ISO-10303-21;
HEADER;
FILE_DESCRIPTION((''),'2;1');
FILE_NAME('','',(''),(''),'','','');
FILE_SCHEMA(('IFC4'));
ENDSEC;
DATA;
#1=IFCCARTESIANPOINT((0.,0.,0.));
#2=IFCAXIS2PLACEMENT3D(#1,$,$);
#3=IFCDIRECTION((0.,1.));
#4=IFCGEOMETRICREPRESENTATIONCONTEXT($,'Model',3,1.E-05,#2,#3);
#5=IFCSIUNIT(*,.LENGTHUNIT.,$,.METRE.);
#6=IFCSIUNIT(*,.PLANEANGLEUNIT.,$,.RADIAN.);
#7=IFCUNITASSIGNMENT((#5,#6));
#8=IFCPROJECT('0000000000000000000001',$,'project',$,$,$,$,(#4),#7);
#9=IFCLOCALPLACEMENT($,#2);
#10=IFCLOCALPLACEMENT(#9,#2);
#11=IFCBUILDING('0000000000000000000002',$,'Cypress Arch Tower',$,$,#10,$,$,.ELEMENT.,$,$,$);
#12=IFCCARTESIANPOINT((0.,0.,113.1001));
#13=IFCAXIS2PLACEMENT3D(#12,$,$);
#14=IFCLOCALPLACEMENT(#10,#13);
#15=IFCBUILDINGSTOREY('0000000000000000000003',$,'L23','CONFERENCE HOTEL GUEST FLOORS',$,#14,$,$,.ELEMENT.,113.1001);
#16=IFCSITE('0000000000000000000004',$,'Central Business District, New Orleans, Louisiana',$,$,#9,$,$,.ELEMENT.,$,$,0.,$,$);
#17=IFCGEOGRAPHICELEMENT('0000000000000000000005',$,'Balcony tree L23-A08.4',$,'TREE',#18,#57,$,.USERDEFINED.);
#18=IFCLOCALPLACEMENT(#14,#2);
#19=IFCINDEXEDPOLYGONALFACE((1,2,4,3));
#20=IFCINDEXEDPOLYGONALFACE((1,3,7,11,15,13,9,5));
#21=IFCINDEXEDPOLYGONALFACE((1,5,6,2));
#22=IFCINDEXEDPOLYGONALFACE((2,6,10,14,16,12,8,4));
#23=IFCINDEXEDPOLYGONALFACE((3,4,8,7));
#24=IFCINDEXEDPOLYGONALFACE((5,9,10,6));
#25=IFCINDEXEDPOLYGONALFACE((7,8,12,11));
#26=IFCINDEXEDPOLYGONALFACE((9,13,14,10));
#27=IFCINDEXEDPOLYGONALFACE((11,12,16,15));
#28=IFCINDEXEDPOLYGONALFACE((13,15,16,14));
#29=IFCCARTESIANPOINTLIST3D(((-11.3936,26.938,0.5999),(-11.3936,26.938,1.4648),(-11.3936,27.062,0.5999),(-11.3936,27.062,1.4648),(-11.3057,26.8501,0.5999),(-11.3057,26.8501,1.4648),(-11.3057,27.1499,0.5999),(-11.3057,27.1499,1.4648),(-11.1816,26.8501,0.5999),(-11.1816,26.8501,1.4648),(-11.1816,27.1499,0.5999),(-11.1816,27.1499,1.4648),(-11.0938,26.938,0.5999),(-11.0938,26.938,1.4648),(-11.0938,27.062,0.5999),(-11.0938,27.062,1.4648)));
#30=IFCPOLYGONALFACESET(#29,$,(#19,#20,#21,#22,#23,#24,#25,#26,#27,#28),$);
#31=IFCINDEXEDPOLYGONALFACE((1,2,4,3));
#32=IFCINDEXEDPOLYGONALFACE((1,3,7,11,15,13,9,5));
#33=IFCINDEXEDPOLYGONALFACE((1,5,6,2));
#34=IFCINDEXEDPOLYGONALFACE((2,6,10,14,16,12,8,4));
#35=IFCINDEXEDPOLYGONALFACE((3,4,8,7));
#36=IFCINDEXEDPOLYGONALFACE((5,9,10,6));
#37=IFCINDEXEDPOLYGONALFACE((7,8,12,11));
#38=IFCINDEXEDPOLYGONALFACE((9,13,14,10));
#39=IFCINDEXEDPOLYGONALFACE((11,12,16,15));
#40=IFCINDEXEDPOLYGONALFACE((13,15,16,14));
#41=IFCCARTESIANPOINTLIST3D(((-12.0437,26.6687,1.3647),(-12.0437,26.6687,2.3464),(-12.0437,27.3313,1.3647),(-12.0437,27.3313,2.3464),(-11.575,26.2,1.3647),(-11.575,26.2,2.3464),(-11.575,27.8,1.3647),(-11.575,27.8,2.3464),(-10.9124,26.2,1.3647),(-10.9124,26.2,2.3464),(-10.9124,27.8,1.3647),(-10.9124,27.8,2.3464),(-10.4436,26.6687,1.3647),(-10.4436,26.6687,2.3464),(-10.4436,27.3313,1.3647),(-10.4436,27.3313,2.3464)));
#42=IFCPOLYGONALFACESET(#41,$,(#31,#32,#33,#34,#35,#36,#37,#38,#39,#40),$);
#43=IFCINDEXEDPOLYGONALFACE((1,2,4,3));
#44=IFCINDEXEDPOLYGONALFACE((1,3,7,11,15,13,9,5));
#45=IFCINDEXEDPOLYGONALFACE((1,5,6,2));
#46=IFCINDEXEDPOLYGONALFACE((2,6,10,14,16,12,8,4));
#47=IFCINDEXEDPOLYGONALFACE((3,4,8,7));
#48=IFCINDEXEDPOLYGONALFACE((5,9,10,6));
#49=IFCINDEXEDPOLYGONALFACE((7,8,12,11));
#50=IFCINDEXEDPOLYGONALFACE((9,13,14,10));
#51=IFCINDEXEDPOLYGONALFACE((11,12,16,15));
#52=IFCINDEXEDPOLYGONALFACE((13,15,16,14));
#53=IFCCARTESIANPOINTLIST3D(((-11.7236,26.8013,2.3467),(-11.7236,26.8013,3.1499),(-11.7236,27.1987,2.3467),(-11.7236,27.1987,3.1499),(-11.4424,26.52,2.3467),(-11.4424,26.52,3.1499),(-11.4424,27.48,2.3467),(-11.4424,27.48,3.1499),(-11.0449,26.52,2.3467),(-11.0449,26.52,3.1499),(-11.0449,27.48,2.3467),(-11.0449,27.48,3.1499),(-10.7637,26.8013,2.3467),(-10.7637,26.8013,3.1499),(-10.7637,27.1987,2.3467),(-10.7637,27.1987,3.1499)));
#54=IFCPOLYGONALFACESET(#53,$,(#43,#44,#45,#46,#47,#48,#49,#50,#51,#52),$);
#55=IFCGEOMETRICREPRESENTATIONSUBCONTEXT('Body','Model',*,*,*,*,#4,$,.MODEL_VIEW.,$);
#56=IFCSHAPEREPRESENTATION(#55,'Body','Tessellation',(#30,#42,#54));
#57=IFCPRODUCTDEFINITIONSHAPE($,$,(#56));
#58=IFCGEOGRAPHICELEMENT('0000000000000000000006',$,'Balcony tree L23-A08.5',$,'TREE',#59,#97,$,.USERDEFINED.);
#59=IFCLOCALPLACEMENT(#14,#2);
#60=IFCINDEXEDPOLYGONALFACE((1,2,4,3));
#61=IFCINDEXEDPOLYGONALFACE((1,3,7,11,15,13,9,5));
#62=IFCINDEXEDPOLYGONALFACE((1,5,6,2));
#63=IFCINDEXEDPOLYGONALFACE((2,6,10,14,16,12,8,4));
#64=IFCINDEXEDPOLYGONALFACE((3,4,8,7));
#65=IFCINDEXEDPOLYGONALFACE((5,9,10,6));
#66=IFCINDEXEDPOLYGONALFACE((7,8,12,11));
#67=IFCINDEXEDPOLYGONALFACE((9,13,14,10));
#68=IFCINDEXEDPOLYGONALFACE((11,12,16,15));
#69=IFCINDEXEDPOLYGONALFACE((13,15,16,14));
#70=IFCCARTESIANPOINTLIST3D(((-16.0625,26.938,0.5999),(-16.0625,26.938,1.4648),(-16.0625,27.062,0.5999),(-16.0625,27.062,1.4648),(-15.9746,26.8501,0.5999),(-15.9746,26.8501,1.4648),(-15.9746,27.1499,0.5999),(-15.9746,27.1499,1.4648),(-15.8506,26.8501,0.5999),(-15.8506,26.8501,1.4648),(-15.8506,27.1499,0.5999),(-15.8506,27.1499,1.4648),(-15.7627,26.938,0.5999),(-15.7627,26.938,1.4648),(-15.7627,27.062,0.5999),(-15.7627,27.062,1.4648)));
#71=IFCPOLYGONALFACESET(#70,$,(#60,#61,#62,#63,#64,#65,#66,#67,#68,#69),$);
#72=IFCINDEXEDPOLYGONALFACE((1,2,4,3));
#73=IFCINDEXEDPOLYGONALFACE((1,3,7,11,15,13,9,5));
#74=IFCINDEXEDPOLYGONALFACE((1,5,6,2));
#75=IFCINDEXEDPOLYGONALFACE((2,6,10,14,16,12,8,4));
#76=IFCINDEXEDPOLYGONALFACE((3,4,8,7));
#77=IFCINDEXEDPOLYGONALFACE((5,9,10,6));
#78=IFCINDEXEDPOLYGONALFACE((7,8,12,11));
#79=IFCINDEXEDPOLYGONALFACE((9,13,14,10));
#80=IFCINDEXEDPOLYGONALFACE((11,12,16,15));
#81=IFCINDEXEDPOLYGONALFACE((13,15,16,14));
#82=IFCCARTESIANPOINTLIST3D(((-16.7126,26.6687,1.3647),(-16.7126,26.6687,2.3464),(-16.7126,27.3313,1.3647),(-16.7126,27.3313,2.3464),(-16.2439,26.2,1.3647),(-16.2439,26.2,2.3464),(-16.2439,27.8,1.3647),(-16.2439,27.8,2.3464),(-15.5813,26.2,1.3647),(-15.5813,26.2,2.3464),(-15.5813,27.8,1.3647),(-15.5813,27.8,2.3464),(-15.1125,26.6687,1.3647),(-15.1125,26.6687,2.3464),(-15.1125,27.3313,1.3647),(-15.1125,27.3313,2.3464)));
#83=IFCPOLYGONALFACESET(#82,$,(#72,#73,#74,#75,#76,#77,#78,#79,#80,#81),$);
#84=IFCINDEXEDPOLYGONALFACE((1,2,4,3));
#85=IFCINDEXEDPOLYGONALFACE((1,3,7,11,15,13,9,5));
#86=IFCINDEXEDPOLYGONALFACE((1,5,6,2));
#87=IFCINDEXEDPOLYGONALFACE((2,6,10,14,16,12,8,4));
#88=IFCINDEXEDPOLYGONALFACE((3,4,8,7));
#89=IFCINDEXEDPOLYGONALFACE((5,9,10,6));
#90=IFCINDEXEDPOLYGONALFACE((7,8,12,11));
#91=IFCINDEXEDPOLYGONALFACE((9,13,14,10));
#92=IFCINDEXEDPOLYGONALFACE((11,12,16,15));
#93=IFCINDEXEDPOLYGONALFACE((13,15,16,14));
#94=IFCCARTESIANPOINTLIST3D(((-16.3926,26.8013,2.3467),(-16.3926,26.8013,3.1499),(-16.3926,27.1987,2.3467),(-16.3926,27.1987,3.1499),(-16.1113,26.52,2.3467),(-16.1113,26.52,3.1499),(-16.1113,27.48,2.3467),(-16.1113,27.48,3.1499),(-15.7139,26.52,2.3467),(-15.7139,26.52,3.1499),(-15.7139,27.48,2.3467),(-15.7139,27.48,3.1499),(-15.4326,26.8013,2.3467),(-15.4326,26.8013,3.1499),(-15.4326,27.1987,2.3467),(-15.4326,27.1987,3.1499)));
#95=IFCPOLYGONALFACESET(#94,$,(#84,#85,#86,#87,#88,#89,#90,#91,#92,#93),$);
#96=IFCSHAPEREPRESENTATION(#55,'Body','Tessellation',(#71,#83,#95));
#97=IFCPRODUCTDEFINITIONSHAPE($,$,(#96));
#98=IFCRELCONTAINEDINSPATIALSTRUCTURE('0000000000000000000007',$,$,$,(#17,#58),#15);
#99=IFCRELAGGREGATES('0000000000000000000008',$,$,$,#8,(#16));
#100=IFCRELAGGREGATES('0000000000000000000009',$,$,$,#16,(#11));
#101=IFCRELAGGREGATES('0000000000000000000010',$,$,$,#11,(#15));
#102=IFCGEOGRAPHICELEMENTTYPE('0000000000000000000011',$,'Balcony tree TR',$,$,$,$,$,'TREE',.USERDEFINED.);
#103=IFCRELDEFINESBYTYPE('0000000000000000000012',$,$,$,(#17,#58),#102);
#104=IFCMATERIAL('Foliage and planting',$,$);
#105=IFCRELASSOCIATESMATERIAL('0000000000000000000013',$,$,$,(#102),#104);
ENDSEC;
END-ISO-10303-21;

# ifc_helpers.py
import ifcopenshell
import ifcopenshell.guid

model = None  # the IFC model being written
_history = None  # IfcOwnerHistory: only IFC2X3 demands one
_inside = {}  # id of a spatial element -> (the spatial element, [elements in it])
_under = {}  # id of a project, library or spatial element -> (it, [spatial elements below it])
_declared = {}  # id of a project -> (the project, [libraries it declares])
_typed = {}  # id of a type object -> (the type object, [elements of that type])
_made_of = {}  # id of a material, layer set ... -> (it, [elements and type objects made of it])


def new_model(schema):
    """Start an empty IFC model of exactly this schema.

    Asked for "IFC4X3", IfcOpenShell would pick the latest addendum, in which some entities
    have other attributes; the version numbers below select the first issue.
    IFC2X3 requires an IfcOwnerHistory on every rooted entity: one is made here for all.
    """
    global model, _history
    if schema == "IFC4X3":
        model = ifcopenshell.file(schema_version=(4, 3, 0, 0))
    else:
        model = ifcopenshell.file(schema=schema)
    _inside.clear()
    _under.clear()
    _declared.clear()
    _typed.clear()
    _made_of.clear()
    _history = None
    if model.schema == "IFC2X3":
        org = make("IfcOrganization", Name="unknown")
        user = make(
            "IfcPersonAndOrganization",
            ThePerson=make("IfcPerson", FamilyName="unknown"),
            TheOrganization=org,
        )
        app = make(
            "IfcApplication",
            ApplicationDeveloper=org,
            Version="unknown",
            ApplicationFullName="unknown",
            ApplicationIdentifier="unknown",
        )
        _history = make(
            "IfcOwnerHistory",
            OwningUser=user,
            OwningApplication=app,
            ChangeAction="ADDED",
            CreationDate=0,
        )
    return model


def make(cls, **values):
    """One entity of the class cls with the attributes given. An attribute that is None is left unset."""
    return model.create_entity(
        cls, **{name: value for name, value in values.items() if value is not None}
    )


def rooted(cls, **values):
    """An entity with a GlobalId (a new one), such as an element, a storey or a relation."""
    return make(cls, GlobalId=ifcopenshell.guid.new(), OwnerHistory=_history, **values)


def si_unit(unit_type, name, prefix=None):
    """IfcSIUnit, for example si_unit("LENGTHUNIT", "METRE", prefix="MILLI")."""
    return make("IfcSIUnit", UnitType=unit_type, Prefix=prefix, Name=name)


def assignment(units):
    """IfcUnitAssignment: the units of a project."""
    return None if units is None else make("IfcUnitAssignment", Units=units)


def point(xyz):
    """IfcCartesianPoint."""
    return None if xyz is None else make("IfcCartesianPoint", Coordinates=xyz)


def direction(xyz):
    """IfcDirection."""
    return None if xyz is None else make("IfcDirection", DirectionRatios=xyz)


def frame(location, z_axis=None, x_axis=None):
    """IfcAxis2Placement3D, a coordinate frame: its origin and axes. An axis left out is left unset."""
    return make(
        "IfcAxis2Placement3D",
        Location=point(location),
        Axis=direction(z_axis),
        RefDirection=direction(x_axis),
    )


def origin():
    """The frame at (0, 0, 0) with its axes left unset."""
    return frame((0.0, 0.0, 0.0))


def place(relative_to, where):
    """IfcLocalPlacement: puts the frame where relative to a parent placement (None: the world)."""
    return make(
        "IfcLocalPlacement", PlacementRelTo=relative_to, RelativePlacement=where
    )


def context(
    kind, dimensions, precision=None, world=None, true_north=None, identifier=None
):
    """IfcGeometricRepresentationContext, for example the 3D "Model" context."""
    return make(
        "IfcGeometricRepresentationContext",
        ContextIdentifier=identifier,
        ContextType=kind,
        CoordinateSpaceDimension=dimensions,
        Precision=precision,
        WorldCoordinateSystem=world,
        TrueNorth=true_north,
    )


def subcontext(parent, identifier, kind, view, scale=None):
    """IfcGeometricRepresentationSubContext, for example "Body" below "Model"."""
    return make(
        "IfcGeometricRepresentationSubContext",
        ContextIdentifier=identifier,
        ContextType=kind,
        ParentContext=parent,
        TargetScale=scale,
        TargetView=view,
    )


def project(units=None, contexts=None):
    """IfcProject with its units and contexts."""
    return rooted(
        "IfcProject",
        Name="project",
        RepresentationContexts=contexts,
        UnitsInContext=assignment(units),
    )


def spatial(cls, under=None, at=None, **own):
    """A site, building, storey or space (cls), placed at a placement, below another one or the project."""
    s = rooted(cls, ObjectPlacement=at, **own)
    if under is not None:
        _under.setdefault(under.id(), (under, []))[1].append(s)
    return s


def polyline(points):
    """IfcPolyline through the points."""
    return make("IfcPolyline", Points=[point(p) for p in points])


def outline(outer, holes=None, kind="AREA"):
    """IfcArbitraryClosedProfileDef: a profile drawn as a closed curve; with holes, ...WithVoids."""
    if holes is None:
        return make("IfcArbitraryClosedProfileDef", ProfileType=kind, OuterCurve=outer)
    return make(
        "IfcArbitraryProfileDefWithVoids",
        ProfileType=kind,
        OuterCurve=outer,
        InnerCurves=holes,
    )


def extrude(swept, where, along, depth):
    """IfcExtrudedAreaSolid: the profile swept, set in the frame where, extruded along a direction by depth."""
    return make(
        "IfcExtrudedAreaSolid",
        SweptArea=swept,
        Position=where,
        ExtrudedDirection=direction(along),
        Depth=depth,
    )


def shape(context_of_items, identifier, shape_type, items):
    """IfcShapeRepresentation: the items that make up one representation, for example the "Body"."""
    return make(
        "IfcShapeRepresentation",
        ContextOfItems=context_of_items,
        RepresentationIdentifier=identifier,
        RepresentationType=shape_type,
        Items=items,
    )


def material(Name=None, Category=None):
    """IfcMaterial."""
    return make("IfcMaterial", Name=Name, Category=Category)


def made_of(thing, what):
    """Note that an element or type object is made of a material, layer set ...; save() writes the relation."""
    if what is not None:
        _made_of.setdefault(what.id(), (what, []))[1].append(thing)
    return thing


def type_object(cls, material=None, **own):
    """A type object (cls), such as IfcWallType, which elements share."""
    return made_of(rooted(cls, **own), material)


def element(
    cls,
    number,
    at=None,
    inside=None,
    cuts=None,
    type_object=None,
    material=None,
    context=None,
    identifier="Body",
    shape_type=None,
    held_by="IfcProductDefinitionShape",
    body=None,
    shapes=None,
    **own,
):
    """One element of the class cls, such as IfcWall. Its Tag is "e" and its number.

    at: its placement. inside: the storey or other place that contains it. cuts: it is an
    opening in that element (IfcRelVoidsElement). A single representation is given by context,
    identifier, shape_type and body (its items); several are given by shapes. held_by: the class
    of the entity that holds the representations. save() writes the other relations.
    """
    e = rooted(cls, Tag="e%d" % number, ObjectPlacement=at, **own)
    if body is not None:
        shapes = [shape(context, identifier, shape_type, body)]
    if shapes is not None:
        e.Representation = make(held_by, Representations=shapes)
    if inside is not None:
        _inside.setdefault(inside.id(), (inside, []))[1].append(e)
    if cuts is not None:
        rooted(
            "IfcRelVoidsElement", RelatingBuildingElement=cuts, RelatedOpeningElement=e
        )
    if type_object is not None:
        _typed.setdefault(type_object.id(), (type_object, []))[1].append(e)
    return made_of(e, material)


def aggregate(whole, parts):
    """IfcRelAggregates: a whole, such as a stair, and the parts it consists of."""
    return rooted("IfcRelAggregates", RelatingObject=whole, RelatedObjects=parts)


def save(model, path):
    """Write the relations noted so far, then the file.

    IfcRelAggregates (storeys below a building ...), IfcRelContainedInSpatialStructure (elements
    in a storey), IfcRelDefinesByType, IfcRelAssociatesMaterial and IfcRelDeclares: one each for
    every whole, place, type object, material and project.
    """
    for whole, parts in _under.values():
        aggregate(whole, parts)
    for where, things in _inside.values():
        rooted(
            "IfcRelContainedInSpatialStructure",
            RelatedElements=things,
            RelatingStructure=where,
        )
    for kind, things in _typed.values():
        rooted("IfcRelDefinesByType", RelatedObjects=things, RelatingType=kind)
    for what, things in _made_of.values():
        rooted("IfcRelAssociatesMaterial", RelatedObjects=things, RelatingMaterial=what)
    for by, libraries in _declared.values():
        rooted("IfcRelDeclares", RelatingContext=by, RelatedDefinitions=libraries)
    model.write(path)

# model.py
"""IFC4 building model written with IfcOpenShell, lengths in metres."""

from ifc_helpers import new_model, si_unit, direction, frame, origin, place, context, subcontext, project, spatial, polyline, outline, extrude, material, type_object, element, save


model = new_model("IFC4")

# Units and contexts
model_context = context("Model", 3, precision=1e-05, world=origin(), true_north=direction((0.0, 1.0)))
body_context = subcontext(model_context, "Body", "Model", "MODEL_VIEW")
ifc_project = project(units=[si_unit("LENGTHUNIT", "METRE"), si_unit("PLANEANGLEUNIT", "RADIAN")], contexts=[model_context])

# Site, building, storey
site_placement = place(None, origin())
site = spatial("IfcSite", under=ifc_project, at=site_placement, Name="Central Business District, New Orleans, Louisiana", CompositionType="ELEMENT", RefElevation=0.0)
building_placement = place(site_placement, origin())
building = spatial("IfcBuilding", under=site, at=building_placement, Name="Cypress Arch Tower", CompositionType="ELEMENT")
storey_placement = place(building_placement, frame((0.0, 0.0, 113.1001)))
storey = spatial("IfcBuildingStorey", under=building, at=storey_placement, Name="L23", Description="CONFERENCE HOTEL GUEST FLOORS", CompositionType="ELEMENT", Elevation=113.1001)

# Geographic elements
ifc_material_1 = material(Name="Foliage and planting")
geographic_element_type = type_object("IfcGeographicElementType", Name="Balcony tree TR", ElementType="TREE", PredefinedType="USERDEFINED", material=ifc_material_1)
for number, where, z_axis, x_axis, name in (
    (1, (-11.2437, 27.0, 0.5999), (0.0, 0.0, 1.0), (1.0, 0.0, 0.0), "Balcony tree L23-A08.4"),
    (2, (-15.9126, 27.0, 0.5999), (0.0, 0.0, 1.0), (1.0, 0.0, 0.0), "Balcony tree L23-A08.5"),
):
    element("IfcGeographicElement", number, at=place(storey_placement, frame(where, z_axis=z_axis, x_axis=x_axis)), inside=storey, type_object=geographic_element_type, Name=name, ObjectType="TREE", PredefinedType="USERDEFINED", context=body_context, shape_type="SweptSolid", body=[
        extrude(outline(polyline([(0.1499, 0.062), (0.062, 0.1499), (-0.062, 0.1499), (-0.1499, 0.062), (-0.1499, -0.062), (-0.062, -0.1499), (0.062, -0.1499), (0.1499, -0.062), (0.1499, 0.062)])), origin(), (0.0, 0.0, 1.0), 0.865),
        extrude(outline(polyline([(0.8, 0.3313), (0.3313, 0.8), (-0.3313, 0.8), (-0.8, 0.3313), (-0.8, -0.3313), (-0.3313, -0.8), (0.3313, -0.8), (0.8, -0.3313), (0.8, 0.3313)])), frame((0.0, 0.0, 0.7649)), (0.0, 0.0, 1.0), 0.9817),
        extrude(outline(polyline([(0.48, 0.1987), (0.1987, 0.48), (-0.1987, 0.48), (-0.48, 0.1987), (-0.48, -0.1987), (-0.1987, -0.48), (0.1987, -0.48), (0.48, -0.1987), (0.48, 0.1987)])), frame((0.0, 0.0, 1.7468)), (0.0, 0.0, 1.0), 0.8032),
    ])

save(model, "model.ifc")
